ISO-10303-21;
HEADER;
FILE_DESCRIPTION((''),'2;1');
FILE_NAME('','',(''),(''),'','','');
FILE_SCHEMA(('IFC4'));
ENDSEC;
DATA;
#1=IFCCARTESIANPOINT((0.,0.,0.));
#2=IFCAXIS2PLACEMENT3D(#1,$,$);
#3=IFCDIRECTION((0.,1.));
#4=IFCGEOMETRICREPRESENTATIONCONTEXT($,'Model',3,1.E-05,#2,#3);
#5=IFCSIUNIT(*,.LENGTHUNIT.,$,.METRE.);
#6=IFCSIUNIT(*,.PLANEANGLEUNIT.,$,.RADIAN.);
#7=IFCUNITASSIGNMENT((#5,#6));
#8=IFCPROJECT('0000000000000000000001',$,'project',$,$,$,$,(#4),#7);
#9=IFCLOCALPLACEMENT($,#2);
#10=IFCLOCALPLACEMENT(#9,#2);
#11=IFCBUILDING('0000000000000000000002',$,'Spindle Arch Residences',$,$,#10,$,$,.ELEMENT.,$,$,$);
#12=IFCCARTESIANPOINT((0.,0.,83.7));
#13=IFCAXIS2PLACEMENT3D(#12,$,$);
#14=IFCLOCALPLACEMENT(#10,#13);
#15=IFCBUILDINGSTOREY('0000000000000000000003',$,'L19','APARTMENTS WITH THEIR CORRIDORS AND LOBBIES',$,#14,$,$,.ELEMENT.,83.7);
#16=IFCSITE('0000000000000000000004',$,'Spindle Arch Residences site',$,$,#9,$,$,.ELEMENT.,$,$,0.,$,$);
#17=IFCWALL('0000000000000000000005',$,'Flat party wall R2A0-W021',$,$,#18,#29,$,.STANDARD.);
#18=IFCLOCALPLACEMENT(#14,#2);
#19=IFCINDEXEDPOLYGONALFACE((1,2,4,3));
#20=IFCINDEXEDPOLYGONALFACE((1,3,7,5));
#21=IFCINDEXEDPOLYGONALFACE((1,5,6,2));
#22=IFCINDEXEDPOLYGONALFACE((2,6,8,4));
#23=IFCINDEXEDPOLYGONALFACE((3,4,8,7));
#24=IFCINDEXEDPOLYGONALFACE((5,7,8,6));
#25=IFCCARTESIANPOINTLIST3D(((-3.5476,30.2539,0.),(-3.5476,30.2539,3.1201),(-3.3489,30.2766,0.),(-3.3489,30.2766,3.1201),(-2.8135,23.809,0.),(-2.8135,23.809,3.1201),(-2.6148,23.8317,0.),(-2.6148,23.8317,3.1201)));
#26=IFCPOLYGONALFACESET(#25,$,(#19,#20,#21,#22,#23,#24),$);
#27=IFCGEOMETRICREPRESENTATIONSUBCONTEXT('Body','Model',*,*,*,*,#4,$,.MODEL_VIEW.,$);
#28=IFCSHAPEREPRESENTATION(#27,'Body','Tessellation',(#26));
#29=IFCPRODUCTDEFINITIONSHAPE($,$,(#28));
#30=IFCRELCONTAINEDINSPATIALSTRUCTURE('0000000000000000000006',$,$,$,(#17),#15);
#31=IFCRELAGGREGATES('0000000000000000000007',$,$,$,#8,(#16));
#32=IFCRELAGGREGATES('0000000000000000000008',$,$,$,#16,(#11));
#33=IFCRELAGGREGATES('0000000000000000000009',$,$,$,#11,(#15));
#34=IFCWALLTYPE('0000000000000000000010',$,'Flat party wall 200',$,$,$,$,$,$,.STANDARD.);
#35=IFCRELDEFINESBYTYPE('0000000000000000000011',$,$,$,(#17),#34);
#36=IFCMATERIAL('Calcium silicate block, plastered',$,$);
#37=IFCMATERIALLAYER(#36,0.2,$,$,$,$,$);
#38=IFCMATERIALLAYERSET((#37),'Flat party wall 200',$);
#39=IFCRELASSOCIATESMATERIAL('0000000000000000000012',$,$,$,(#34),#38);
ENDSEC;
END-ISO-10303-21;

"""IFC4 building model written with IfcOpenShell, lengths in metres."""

from ifc_helpers import new_model, si_unit, direction, frame, frame_2d, origin, place, context, subcontext, project, spatial, rectangle, extrude, material, layer, layer_set, type_object, element, save


model = new_model("IFC4")

# Units and contexts
model_context = context("Model", 3, precision=1e-05, world=origin(), true_north=direction((0.0, 1.0)))
body_context = subcontext(model_context, "Body", "Model", "MODEL_VIEW")
ifc_project = project(units=[si_unit("LENGTHUNIT", "METRE"), si_unit("PLANEANGLEUNIT", "RADIAN")], contexts=[model_context])

# Site, building, storey
site_placement = place(None, origin())
site = spatial("IfcSite", under=ifc_project, at=site_placement, Name="Spindle Arch Residences site", CompositionType="ELEMENT", RefElevation=0.0)
building_placement = place(site_placement, origin())
building = spatial("IfcBuilding", under=site, at=building_placement, Name="Spindle Arch Residences", CompositionType="ELEMENT")
storey_placement = place(building_placement, frame((0.0, 0.0, 83.7)))
storey = spatial("IfcBuildingStorey", under=building, at=storey_placement, Name="L19", Description="APARTMENTS WITH THEIR CORRIDORS AND LOBBIES", CompositionType="ELEMENT", Elevation=83.7)

# Wall
ifc_material_1 = material(Name="Calcium silicate block, plastered")
ifc_layer_1 = layer(ifc_material_1, 0.2)
ifc_layer_set_1 = layer_set([ifc_layer_1], Name="Flat party wall 200")
wall_type_1 = type_object("IfcWallType", Name="Flat party wall 200", PredefinedType="STANDARD", material=ifc_layer_set_1)
wall_1_placement = place(storey_placement, frame((-3.4482, 30.2651, 0.0), z_axis=(0.0, 0.0, 1.0), x_axis=(0.113178, -0.993575, 0.0)))
element("IfcWall", 1, at=wall_1_placement, inside=storey, type_object=wall_type_1, Name="Flat party wall R2A0-W021", PredefinedType="STANDARD", context=body_context, shape_type="SweptSolid", body=[
    extrude(rectangle(XDim=6.4866, YDim=0.2, at=frame_2d((3.2432, 0.0))), origin(), (0.0, 0.0, 1.0), 3.1201),
])

save(model, "model.ifc")
